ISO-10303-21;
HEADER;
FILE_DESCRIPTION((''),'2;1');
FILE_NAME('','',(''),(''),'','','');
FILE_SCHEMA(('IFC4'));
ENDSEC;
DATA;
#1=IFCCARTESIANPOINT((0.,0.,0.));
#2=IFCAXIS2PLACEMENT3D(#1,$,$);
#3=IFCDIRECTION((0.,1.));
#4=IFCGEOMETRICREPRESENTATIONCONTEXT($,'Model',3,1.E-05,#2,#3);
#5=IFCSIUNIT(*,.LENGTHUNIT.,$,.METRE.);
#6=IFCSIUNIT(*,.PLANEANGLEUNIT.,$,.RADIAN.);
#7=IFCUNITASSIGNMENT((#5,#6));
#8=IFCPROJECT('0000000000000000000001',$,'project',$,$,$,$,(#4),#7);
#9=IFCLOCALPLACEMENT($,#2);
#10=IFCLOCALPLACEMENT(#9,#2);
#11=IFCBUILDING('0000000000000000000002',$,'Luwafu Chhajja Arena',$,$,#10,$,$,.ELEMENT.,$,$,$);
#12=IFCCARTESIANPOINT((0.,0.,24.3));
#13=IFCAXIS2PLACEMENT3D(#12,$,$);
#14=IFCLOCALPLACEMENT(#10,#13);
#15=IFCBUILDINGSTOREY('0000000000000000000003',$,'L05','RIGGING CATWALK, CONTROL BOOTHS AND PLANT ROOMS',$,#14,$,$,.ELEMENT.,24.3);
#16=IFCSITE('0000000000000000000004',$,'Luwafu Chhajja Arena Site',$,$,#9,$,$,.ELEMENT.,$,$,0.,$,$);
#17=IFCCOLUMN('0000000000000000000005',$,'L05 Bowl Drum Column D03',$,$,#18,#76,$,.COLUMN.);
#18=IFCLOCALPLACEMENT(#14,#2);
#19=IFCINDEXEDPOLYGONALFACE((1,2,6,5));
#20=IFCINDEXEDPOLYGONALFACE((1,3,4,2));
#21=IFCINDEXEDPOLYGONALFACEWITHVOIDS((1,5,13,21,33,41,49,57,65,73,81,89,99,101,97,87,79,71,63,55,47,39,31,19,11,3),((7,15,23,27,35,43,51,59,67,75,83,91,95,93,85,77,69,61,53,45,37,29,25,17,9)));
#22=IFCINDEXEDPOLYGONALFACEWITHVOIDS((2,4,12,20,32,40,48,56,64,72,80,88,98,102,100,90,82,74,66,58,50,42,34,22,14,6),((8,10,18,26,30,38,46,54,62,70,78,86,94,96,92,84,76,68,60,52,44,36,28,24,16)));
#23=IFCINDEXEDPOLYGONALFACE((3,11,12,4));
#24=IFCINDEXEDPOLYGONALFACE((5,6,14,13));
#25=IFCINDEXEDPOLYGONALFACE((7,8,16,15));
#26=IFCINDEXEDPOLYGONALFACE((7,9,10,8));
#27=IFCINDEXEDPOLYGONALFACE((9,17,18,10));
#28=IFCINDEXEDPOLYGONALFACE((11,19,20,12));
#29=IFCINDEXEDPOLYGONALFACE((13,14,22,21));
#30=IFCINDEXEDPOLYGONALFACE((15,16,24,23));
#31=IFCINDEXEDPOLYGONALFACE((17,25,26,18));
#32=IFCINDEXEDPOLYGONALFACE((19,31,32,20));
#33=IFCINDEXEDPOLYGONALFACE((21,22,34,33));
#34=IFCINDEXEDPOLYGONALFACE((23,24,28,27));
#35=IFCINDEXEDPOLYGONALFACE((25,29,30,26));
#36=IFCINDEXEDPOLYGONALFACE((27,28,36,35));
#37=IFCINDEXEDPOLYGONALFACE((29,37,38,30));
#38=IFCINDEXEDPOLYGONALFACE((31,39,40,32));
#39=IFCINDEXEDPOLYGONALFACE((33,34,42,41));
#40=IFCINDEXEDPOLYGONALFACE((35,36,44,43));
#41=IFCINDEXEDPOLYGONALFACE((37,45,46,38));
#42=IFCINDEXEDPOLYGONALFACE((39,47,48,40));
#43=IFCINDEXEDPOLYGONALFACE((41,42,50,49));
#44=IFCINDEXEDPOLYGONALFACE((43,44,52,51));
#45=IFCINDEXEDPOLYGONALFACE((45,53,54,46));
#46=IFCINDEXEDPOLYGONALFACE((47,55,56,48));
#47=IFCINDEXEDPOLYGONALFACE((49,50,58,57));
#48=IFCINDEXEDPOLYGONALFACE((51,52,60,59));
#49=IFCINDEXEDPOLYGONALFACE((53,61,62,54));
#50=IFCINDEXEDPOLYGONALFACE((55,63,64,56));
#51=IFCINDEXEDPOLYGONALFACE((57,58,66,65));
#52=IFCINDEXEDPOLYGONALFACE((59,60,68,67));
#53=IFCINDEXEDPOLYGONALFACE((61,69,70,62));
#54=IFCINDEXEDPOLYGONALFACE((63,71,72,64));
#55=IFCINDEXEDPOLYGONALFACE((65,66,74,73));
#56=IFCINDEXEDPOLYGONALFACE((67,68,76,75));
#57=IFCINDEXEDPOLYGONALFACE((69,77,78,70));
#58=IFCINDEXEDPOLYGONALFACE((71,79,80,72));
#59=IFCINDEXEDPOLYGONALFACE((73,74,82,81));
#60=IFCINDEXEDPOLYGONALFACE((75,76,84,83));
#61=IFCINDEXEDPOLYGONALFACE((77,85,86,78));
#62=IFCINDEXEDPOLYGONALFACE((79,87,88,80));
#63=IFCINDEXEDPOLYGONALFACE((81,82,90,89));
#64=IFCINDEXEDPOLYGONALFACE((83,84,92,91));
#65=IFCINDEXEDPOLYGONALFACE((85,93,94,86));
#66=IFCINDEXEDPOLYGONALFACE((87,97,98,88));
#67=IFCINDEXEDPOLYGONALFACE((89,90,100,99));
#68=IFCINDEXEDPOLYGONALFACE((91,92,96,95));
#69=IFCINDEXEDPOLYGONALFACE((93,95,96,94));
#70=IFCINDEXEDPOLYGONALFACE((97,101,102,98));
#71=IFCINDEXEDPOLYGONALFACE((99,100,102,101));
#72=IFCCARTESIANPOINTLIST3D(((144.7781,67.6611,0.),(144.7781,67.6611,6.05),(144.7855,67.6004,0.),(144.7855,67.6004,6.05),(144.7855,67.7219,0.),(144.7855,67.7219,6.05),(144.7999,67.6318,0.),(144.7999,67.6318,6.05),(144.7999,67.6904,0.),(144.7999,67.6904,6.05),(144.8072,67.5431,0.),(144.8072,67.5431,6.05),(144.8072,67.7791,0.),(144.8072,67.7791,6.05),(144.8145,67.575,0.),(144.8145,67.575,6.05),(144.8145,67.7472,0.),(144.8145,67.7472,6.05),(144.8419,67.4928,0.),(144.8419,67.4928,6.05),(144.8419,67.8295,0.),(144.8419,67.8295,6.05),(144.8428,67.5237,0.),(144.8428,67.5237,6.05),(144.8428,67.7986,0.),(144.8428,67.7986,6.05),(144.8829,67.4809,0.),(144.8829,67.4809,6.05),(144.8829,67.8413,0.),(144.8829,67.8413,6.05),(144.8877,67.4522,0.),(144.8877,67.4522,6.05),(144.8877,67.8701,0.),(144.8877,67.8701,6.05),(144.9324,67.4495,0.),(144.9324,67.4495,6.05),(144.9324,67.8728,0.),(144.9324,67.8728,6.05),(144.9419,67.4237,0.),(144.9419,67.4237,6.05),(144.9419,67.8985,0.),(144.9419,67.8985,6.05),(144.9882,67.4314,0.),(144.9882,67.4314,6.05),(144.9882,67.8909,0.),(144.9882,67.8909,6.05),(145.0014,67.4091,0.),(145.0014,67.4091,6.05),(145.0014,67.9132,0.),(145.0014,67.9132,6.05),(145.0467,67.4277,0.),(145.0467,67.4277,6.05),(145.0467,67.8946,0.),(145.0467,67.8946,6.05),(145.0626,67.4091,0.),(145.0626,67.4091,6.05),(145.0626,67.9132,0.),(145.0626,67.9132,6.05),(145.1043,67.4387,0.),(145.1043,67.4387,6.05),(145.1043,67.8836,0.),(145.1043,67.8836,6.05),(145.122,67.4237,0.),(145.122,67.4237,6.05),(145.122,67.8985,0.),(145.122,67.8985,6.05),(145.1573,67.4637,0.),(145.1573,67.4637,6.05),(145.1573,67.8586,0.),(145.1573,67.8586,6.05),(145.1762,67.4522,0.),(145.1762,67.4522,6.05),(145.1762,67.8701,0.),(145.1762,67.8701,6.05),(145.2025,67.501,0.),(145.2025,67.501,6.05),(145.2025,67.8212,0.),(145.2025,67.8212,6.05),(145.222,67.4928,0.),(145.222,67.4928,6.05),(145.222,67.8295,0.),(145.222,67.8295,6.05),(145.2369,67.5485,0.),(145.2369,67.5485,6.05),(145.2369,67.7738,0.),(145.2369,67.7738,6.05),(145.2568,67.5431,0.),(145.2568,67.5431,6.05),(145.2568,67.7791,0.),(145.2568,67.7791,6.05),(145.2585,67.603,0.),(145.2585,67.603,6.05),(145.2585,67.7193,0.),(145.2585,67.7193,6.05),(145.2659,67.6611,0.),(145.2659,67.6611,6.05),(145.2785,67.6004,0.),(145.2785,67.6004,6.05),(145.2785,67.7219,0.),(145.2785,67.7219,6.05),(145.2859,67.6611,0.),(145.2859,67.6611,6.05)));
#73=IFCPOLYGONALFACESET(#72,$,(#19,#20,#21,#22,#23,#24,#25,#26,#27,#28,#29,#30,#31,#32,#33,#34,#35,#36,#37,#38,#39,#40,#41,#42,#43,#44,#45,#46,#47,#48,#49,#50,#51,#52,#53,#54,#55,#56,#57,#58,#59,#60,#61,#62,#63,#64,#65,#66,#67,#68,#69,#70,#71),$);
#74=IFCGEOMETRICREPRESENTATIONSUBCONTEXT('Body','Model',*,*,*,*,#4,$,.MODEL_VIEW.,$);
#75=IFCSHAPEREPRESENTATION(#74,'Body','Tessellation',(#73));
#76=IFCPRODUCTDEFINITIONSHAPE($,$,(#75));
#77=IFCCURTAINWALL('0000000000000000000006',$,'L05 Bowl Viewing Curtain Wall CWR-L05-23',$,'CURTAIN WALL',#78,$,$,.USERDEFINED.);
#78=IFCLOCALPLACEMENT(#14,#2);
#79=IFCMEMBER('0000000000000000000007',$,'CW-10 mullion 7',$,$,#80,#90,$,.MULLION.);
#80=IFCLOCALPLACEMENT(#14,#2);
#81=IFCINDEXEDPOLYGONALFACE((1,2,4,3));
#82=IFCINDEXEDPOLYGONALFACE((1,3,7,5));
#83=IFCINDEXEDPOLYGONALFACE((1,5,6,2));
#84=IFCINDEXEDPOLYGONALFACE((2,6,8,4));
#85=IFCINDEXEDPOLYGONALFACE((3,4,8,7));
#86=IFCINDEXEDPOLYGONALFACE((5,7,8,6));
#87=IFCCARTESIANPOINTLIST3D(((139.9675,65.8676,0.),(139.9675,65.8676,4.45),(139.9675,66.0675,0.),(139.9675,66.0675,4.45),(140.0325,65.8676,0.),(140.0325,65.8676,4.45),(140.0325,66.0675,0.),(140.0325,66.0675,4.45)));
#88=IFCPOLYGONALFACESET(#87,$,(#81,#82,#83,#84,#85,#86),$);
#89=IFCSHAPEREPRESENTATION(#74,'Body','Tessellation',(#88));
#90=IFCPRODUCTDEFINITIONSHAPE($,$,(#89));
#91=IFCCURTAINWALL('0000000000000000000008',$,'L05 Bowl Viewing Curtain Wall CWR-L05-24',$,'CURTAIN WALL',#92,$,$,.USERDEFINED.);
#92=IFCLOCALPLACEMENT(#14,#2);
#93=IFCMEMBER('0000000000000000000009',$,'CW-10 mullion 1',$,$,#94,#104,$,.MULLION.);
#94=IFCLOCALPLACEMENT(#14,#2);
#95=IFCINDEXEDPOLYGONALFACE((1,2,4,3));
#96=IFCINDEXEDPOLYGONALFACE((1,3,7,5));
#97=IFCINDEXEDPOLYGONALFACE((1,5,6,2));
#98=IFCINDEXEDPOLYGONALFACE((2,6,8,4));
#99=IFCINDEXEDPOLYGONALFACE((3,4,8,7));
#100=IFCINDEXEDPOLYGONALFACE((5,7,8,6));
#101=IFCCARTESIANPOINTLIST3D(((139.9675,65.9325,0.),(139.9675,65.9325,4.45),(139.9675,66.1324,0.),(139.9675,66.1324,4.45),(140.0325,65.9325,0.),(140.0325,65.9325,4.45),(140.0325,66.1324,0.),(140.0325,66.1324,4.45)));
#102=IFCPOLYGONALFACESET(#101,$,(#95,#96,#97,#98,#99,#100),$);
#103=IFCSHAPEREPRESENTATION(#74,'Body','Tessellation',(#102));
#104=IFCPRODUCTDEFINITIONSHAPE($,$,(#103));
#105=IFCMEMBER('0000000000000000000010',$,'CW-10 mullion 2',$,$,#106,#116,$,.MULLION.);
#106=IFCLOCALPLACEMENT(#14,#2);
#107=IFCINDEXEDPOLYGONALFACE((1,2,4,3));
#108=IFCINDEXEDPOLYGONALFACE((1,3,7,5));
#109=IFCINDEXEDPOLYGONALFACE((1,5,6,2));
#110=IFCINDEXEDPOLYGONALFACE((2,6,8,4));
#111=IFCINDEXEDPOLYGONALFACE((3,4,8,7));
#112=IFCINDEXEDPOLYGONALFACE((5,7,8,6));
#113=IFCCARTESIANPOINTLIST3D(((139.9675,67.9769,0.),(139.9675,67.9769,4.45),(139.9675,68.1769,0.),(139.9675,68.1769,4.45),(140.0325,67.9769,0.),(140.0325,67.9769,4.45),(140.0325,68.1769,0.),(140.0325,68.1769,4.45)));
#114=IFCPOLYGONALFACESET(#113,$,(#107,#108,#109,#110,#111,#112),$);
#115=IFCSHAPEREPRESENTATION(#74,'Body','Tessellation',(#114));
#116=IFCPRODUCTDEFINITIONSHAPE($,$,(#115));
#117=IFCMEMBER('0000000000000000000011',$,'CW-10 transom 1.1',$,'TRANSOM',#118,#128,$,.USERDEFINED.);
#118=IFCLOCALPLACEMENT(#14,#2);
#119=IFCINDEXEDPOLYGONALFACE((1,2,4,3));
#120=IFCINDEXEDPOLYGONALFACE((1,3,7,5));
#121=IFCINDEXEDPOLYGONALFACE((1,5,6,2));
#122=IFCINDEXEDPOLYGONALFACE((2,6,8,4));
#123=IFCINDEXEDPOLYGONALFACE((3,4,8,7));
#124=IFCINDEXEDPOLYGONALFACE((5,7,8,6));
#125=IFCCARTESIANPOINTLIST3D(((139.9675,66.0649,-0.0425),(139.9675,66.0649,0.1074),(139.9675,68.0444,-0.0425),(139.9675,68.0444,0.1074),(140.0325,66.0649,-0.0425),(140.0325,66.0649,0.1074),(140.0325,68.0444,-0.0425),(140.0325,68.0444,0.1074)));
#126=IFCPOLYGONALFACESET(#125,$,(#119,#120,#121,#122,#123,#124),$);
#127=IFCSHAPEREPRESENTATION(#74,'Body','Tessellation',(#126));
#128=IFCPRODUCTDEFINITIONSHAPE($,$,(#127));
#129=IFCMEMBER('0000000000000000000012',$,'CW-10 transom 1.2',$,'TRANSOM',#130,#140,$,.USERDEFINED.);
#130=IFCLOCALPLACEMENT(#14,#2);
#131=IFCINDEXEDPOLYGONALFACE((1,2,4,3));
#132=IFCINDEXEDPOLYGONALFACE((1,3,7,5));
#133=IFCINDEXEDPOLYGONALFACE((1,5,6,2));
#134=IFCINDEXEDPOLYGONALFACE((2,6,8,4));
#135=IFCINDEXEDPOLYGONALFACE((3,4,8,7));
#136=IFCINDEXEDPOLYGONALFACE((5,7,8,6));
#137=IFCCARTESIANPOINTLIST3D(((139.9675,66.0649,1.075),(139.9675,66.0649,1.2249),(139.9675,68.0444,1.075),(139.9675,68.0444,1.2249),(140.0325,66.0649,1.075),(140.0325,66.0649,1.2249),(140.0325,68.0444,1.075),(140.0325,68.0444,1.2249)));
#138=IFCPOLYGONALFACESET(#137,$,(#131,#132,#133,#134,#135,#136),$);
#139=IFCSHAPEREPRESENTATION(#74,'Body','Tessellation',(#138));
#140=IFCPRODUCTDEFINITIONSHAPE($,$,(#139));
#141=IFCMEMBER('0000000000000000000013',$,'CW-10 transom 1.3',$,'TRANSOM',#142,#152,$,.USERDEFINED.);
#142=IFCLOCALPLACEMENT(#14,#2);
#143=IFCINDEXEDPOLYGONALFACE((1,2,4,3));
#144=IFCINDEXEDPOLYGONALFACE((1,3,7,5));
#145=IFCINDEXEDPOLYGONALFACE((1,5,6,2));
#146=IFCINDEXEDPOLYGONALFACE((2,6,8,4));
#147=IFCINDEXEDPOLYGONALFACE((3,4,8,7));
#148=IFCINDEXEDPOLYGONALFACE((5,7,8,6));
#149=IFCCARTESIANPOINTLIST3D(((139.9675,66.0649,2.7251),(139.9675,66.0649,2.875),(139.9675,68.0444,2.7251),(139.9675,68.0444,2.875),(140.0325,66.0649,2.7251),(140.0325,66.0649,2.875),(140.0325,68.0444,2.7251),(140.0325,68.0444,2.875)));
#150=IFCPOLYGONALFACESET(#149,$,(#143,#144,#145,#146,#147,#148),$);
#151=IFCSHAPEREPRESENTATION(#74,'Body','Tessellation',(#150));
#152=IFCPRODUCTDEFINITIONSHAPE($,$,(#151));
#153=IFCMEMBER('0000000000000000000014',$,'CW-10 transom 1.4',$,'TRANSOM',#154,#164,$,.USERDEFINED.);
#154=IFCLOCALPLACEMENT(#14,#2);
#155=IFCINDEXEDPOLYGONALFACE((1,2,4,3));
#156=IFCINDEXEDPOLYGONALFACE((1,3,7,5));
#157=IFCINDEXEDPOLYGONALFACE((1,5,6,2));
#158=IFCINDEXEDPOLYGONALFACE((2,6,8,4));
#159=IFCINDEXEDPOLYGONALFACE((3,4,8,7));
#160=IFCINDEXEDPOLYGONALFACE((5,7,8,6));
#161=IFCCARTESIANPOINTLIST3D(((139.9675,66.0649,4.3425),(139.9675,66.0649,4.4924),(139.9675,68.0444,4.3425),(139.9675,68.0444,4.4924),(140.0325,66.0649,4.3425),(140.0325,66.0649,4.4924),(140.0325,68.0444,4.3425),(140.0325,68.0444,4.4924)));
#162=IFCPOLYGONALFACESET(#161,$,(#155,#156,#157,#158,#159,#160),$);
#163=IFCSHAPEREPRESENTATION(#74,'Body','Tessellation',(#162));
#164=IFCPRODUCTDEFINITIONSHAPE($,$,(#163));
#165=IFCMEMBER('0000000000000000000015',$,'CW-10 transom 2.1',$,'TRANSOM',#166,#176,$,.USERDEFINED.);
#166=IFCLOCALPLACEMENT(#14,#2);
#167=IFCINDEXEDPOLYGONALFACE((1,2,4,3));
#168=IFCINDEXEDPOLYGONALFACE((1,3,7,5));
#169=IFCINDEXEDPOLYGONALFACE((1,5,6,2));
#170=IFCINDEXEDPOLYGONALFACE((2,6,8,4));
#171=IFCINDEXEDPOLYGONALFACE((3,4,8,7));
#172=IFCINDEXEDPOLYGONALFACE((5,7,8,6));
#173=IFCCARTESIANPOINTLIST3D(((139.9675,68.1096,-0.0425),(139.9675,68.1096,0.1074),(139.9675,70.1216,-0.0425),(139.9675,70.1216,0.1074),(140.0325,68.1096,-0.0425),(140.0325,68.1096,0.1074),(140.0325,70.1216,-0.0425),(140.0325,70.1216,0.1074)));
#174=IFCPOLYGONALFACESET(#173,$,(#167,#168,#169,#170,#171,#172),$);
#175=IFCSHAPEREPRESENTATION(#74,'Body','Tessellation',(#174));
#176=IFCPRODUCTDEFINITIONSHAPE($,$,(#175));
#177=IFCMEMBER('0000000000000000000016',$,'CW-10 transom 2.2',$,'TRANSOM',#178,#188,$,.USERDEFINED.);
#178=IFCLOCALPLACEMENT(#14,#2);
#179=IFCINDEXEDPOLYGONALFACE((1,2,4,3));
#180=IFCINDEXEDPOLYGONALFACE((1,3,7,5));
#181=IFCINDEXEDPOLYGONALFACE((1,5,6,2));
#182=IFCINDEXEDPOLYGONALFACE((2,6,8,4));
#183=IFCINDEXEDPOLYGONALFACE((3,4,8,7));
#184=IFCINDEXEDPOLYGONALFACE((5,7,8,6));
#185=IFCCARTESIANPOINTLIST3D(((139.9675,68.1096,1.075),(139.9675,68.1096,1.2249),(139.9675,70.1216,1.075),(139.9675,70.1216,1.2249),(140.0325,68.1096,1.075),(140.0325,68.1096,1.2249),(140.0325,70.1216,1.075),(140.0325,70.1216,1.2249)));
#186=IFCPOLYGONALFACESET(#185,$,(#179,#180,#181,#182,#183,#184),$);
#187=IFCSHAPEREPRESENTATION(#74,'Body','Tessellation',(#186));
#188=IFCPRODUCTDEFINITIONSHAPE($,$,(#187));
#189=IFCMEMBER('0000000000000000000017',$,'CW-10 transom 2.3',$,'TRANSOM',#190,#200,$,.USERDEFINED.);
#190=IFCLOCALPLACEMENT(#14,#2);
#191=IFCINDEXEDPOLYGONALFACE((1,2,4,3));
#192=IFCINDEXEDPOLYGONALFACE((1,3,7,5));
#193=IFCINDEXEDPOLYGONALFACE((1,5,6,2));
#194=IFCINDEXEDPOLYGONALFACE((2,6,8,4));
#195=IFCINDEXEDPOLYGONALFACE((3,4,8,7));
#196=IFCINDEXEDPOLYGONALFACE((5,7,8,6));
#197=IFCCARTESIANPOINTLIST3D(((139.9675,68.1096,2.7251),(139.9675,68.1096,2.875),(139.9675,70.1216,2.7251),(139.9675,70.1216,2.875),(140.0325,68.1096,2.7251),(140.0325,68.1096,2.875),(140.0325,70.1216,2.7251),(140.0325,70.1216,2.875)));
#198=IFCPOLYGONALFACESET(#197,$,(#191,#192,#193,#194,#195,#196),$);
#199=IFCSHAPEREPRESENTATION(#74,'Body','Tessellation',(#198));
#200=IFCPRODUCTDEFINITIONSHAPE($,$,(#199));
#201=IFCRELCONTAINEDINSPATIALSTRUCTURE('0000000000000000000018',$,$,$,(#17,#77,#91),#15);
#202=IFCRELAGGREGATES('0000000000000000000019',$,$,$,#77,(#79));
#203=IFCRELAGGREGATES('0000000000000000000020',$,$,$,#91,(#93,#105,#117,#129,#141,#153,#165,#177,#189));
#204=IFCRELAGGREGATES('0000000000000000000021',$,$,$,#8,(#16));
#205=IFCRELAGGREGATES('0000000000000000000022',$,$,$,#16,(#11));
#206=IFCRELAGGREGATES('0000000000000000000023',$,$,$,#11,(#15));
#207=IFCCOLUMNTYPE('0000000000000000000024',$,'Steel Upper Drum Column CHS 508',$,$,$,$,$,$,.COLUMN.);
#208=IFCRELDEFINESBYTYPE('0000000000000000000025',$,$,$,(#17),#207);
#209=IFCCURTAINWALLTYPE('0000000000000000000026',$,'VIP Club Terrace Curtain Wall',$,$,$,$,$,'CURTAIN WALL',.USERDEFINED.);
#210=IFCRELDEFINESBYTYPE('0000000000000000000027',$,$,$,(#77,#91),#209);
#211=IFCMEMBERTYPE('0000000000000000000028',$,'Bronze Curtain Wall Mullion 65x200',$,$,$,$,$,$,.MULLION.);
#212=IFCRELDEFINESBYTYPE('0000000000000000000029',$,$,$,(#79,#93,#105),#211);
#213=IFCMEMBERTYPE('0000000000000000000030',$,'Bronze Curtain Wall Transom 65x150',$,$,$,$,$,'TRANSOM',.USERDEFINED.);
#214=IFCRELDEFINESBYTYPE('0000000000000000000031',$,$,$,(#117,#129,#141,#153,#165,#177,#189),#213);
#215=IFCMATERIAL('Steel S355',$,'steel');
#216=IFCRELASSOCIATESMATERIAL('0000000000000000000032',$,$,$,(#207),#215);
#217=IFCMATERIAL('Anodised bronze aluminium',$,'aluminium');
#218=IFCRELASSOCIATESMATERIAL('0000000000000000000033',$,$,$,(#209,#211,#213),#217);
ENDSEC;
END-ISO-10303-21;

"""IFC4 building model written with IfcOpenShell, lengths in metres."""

from ifc_helpers import new_model, si_unit, direction, frame, origin, origin_2d, place, context, subcontext, project, spatial, rectangle, hollow_circle, extrude, material, material_profile, profile_set, type_object, element, aggregate, save


model = new_model("IFC4")

# Units and contexts
model_context = context("Model", 3, precision=1e-05, world=origin(), true_north=direction((0.0, 1.0)))
body_context = subcontext(model_context, "Body", "Model", "MODEL_VIEW")
ifc_project = project(units=[si_unit("LENGTHUNIT", "METRE"), si_unit("PLANEANGLEUNIT", "RADIAN")], contexts=[model_context])

# Site, building, storey
site_placement = place(None, origin())
site = spatial("IfcSite", under=ifc_project, at=site_placement, Name="Luwafu Chhajja Arena Site", CompositionType="ELEMENT", RefElevation=0.0)
building_placement = place(site_placement, origin())
building = spatial("IfcBuilding", under=site, at=building_placement, Name="Luwafu Chhajja Arena", CompositionType="ELEMENT")
storey_placement = place(building_placement, frame((0.0, 0.0, 24.3)))
storey = spatial("IfcBuildingStorey", under=building, at=storey_placement, Name="L05", Description="RIGGING CATWALK, CONTROL BOOTHS AND PLANT ROOMS", CompositionType="ELEMENT", Elevation=24.3)

# Column
ifc_material_1 = material(Name="Steel S355", Category="steel")
ifc_material_profile_1 = material_profile(ifc_material_1, hollow_circle(Radius=0.2539, WallThickness=0.02, at=origin_2d()), Name="CHS 508x20")
ifc_profile_set_1 = profile_set([ifc_material_profile_1], Name="Steel S355")
column_type = type_object("IfcColumnType", Name="Steel Upper Drum Column CHS 508", PredefinedType="COLUMN", material=ifc_profile_set_1)
column_placement = place(storey_placement, frame((145.032, 67.6611, 0.0), z_axis=(0.0, 0.0, 1.0), x_axis=(1.0, 0.0, 0.0)))
element("IfcColumn", 1, at=column_placement, inside=storey, type_object=column_type, Name="L05 Bowl Drum Column D03", PredefinedType="COLUMN", context=body_context, shape_type="SweptSolid", body=[
    extrude(hollow_circle(Radius=0.2539, WallThickness=0.02, at=origin_2d()), origin(), (0.0, 0.0, 1.0), 6.05),
])

# Curtain wall, member
ifc_material_2 = material(Name="Anodised bronze aluminium", Category="aluminium")
curtain_wall_type = type_object("IfcCurtainWallType", Name="VIP Club Terrace Curtain Wall", ElementType="CURTAIN WALL", PredefinedType="USERDEFINED", material=ifc_material_2)
curtain_wall_1_placement = place(storey_placement, origin())
curtain_wall_1 = element("IfcCurtainWall", 2, at=curtain_wall_1_placement, inside=storey, type_object=curtain_wall_type, Name="L05 Bowl Viewing Curtain Wall CWR-L05-23", ObjectType="CURTAIN WALL", PredefinedType="USERDEFINED")
ifc_material_profile_2 = material_profile(ifc_material_2, rectangle(XDim=0.0649, YDim=0.2, at=origin_2d()), Name="CWM 65x200")
ifc_profile_set_2 = profile_set([ifc_material_profile_2], Name="Anodised bronze aluminium")
member_type_1 = type_object("IfcMemberType", Name="Bronze Curtain Wall Mullion 65x200", PredefinedType="MULLION", material=ifc_profile_set_2)
member_1_placement = place(storey_placement, frame((140.0, 65.9675, 0.0), z_axis=(0.0, 0.0, 1.0), x_axis=(-1.0, 0.0, 0.0)))
member_1 = element("IfcMember", 3, at=member_1_placement, type_object=member_type_1, Name="CW-10 mullion 7", PredefinedType="MULLION", context=body_context, shape_type="SweptSolid", body=[
    extrude(rectangle(XDim=0.0649, YDim=0.2, at=origin_2d()), origin(), (0.0, 0.0, 1.0), 4.45),
])

# Curtain wall, members
curtain_wall_2_placement = place(storey_placement, origin())
curtain_wall_2 = element("IfcCurtainWall", 4, at=curtain_wall_2_placement, inside=storey, type_object=curtain_wall_type, Name="L05 Bowl Viewing Curtain Wall CWR-L05-24", ObjectType="CURTAIN WALL", PredefinedType="USERDEFINED")
member_2_placement = place(storey_placement, frame((140.0, 66.0325, 0.0), z_axis=(0.0, 0.0, 1.0), x_axis=(-1.0, 0.0, 0.0)))
member_2 = element("IfcMember", 5, at=member_2_placement, type_object=member_type_1, Name="CW-10 mullion 1", PredefinedType="MULLION", context=body_context, shape_type="SweptSolid", body=[
    extrude(rectangle(XDim=0.0649, YDim=0.2, at=origin_2d()), origin(), (0.0, 0.0, 1.0), 4.45),
])
member_3_placement = place(storey_placement, frame((140.0, 68.0769, 0.0), z_axis=(0.0, 0.0, 1.0), x_axis=(-1.0, 0.0, 0.0)))
member_3 = element("IfcMember", 6, at=member_3_placement, type_object=member_type_1, Name="CW-10 mullion 2", PredefinedType="MULLION", context=body_context, shape_type="SweptSolid", body=[
    extrude(rectangle(XDim=0.0649, YDim=0.2, at=origin_2d()), origin(), (0.0, 0.0, 1.0), 4.45),
])
ifc_material_profile_3 = material_profile(ifc_material_2, rectangle(XDim=0.0649, YDim=0.1499, at=origin_2d()), Name="CWT 65x150")
ifc_profile_set_3 = profile_set([ifc_material_profile_3], Name="Anodised bronze aluminium")
member_type_2 = type_object("IfcMemberType", Name="Bronze Curtain Wall Transom 65x150", ElementType="TRANSOM", PredefinedType="USERDEFINED", material=ifc_profile_set_3)
member_4_placement = place(storey_placement, frame((140.0, 66.0649, 0.0325), z_axis=(0.0, 1.0, 0.0), x_axis=(-1.0, 0.0, 0.0)))
member_4 = element("IfcMember", 7, at=member_4_placement, type_object=member_type_2, Name="CW-10 transom 1.1", ObjectType="TRANSOM", PredefinedType="USERDEFINED", context=body_context, shape_type="SweptSolid", body=[
    extrude(rectangle(XDim=0.0649, YDim=0.1499, at=origin_2d()), origin(), (0.0, 0.0, 1.0), 1.9795),
])
member_5_placement = place(storey_placement, frame((140.0, 66.0649, 1.1499), z_axis=(0.0, 1.0, 0.0), x_axis=(-1.0, 0.0, 0.0)))
member_5 = element("IfcMember", 8, at=member_5_placement, type_object=member_type_2, Name="CW-10 transom 1.2", ObjectType="TRANSOM", PredefinedType="USERDEFINED", context=body_context, shape_type="SweptSolid", body=[
    extrude(rectangle(XDim=0.0649, YDim=0.1499, at=origin_2d()), origin(), (0.0, 0.0, 1.0), 1.9795),
])
member_6_placement = place(storey_placement, frame((140.0, 66.0649, 2.8), z_axis=(0.0, 1.0, 0.0), x_axis=(-1.0, 0.0, 0.0)))
member_6 = element("IfcMember", 9, at=member_6_placement, type_object=member_type_2, Name="CW-10 transom 1.3", ObjectType="TRANSOM", PredefinedType="USERDEFINED", context=body_context, shape_type="SweptSolid", body=[
    extrude(rectangle(XDim=0.0649, YDim=0.1499, at=origin_2d()), origin(), (0.0, 0.0, 1.0), 1.9795),
])
member_7_placement = place(storey_placement, frame((140.0, 66.0649, 4.4175), z_axis=(0.0, 1.0, 0.0), x_axis=(-1.0, 0.0, 0.0)))
member_7 = element("IfcMember", 10, at=member_7_placement, type_object=member_type_2, Name="CW-10 transom 1.4", ObjectType="TRANSOM", PredefinedType="USERDEFINED", context=body_context, shape_type="SweptSolid", body=[
    extrude(rectangle(XDim=0.0649, YDim=0.1499, at=origin_2d()), origin(), (0.0, 0.0, 1.0), 1.9795),
])
member_8_placement = place(storey_placement, frame((140.0, 68.1096, 0.0325), z_axis=(0.0, 1.0, 0.0), x_axis=(-1.0, 0.0, 0.0)))
member_8 = element("IfcMember", 11, at=member_8_placement, type_object=member_type_2, Name="CW-10 transom 2.1", ObjectType="TRANSOM", PredefinedType="USERDEFINED", context=body_context, shape_type="SweptSolid", body=[
    extrude(rectangle(XDim=0.0649, YDim=0.1499, at=origin_2d()), origin(), (0.0, 0.0, 1.0), 2.012),
])
member_9_placement = place(storey_placement, frame((140.0, 68.1096, 1.1499), z_axis=(0.0, 1.0, 0.0), x_axis=(-1.0, 0.0, 0.0)))
member_9 = element("IfcMember", 12, at=member_9_placement, type_object=member_type_2, Name="CW-10 transom 2.2", ObjectType="TRANSOM", PredefinedType="USERDEFINED", context=body_context, shape_type="SweptSolid", body=[
    extrude(rectangle(XDim=0.0649, YDim=0.1499, at=origin_2d()), origin(), (0.0, 0.0, 1.0), 2.012),
])
member_10_placement = place(storey_placement, frame((140.0, 68.1096, 2.8), z_axis=(0.0, 1.0, 0.0), x_axis=(-1.0, 0.0, 0.0)))
member_10 = element("IfcMember", 13, at=member_10_placement, type_object=member_type_2, Name="CW-10 transom 2.3", ObjectType="TRANSOM", PredefinedType="USERDEFINED", context=body_context, shape_type="SweptSolid", body=[
    extrude(rectangle(XDim=0.0649, YDim=0.1499, at=origin_2d()), origin(), (0.0, 0.0, 1.0), 2.012),
])

aggregate(curtain_wall_1, [member_1])
aggregate(curtain_wall_2, [member_2, member_3, member_4, member_5, member_6, member_7, member_8, member_9, member_10])

save(model, "model.ifc")
